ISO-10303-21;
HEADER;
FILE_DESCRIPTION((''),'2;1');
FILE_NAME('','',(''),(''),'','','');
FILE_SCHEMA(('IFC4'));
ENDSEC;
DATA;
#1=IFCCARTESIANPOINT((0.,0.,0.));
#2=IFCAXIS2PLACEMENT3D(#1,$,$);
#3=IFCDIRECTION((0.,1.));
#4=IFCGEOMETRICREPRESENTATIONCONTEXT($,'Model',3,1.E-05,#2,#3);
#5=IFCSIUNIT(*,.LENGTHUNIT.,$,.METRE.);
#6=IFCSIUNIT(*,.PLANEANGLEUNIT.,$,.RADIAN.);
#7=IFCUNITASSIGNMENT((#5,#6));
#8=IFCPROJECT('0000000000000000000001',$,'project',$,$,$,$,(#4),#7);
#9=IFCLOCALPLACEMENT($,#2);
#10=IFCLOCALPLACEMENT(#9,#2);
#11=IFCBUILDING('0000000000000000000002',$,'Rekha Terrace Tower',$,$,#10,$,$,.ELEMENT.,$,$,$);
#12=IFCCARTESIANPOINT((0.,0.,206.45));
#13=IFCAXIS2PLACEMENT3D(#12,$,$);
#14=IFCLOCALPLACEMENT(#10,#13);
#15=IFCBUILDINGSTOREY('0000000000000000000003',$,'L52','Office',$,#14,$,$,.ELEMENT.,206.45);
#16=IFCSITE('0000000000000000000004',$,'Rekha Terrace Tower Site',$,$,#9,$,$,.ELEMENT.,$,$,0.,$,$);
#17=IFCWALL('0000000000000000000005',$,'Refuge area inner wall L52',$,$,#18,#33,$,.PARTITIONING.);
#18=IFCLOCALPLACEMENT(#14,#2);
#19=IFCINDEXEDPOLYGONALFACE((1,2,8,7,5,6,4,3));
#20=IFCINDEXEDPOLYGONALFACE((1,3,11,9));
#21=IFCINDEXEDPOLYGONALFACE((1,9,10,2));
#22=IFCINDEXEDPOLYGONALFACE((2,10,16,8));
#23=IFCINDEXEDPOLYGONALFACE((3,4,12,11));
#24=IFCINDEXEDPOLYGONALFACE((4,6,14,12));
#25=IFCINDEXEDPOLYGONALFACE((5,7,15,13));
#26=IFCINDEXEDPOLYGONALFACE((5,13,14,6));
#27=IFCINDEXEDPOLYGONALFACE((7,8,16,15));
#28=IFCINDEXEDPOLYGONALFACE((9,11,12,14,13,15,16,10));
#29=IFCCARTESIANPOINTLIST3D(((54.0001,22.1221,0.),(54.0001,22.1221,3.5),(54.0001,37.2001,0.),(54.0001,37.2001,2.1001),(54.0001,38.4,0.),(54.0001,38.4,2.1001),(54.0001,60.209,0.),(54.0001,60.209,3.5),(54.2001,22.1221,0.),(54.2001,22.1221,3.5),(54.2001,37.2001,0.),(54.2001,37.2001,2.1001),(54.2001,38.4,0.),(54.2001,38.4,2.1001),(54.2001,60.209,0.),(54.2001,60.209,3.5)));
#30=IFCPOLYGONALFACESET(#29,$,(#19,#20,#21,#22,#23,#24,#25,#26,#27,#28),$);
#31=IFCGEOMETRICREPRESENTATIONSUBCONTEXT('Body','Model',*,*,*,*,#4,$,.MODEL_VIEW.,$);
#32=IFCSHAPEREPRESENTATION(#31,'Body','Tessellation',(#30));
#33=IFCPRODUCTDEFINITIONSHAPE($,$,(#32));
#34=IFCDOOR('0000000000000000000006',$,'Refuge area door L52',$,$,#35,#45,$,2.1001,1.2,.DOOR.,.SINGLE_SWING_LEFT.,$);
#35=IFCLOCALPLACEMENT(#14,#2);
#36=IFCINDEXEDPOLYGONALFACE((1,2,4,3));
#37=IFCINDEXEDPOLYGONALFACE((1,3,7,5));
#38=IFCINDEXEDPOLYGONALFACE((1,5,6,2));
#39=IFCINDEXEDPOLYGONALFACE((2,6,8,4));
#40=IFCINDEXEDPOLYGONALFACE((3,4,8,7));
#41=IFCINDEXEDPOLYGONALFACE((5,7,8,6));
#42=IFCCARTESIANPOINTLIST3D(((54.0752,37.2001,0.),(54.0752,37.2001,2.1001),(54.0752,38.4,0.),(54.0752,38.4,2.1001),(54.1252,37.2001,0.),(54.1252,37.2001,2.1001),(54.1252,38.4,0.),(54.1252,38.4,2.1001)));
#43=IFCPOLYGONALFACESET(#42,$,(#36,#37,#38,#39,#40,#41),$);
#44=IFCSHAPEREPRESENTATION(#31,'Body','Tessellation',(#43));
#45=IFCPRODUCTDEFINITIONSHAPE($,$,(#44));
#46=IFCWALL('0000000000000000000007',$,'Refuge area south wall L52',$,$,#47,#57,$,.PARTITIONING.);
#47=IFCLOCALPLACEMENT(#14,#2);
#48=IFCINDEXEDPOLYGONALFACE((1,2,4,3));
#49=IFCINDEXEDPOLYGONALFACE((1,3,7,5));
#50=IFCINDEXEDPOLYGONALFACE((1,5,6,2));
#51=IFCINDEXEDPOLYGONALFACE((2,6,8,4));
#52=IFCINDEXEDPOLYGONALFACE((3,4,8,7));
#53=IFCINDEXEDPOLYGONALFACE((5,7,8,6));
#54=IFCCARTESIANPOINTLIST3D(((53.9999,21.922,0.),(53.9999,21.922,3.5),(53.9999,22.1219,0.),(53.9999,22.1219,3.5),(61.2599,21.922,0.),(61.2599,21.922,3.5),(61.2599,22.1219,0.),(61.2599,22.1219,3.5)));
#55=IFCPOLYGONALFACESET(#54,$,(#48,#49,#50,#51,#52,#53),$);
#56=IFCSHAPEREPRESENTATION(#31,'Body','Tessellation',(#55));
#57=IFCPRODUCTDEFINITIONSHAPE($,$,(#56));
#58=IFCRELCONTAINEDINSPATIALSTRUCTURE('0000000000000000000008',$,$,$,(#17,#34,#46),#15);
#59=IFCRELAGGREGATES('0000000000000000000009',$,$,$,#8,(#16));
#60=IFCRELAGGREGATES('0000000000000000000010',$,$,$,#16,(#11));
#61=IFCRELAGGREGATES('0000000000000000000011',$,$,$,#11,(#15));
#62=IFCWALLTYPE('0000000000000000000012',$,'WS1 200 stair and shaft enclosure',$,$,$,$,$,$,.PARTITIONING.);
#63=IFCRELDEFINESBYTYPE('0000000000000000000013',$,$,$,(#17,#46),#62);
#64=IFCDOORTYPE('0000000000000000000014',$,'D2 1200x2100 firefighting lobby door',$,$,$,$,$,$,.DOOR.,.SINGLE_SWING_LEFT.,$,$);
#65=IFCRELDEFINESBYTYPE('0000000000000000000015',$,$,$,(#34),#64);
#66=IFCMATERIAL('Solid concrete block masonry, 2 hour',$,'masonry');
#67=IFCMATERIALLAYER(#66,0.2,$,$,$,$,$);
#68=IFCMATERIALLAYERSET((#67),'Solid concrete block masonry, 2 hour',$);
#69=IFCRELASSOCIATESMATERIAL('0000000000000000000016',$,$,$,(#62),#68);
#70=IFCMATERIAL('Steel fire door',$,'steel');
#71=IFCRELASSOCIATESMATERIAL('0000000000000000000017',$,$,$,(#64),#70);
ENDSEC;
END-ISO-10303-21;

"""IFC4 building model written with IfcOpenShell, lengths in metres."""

from ifc_helpers import new_model, si_unit, direction, frame, frame_2d, origin, place, context, subcontext, project, spatial, rectangle, extrude, material, layer, layer_set, type_object, element, fill, save


model = new_model("IFC4")

# Units and contexts
model_context = context("Model", 3, precision=1e-05, world=origin(), true_north=direction((0.0, 1.0)))
body_context = subcontext(model_context, "Body", "Model", "MODEL_VIEW")
ifc_project = project(units=[si_unit("LENGTHUNIT", "METRE"), si_unit("PLANEANGLEUNIT", "RADIAN")], contexts=[model_context])

# Site, building, storey
site_placement = place(None, origin())
site = spatial("IfcSite", under=ifc_project, at=site_placement, Name="Rekha Terrace Tower Site", CompositionType="ELEMENT", RefElevation=0.0)
building_placement = place(site_placement, origin())
building = spatial("IfcBuilding", under=site, at=building_placement, Name="Rekha Terrace Tower", CompositionType="ELEMENT")
storey_placement = place(building_placement, frame((0.0, 0.0, 206.45)))
storey = spatial("IfcBuildingStorey", under=building, at=storey_placement, Name="L52", Description="Office", CompositionType="ELEMENT", Elevation=206.45)

# Wall, opening, door
ifc_material_1 = material(Name="Solid concrete block masonry, 2 hour", Category="masonry")
ifc_layer_1 = layer(ifc_material_1, 0.2)
ifc_layer_set_1 = layer_set([ifc_layer_1], Name="Solid concrete block masonry, 2 hour")
wall_type_1 = type_object("IfcWallType", Name="WS1 200 stair and shaft enclosure", PredefinedType="PARTITIONING", material=ifc_layer_set_1)
wall_1_placement = place(storey_placement, frame((54.1001, 22.1221, 0.0), z_axis=(0.0, 0.0, 1.0), x_axis=(0.0, 1.0, 0.0)))
wall_1 = element("IfcWall", 1, at=wall_1_placement, inside=storey, type_object=wall_type_1, Name="Refuge area inner wall L52", PredefinedType="PARTITIONING", context=body_context, shape_type="SweptSolid", body=[
    extrude(rectangle(XDim=38.0869, YDim=0.2, at=frame_2d((19.0435, 0.0))), origin(), (0.0, 0.0, 1.0), 3.5),
])
opening_1_placement = place(wall_1_placement, frame((15.0779, 0.0, 0.0)))
opening_1 = element("IfcOpeningElement", 2, at=opening_1_placement, cuts=wall_1, PredefinedType="OPENING", context=body_context, shape_type="SweptSolid", body=[
    extrude(rectangle(XDim=1.2, YDim=2.1001, at=frame_2d((0.6001, 1.05))), frame((0.0, 0.1099, 0.0), z_axis=(0.0, -1.0, 0.0), x_axis=(1.0, 0.0, 0.0)), (0.0, 0.0, 1.0), 0.22),
])
ifc_material_2 = material(Name="Steel fire door", Category="steel")
door_type_1 = type_object("IfcDoorType", Name="D2 1200x2100 firefighting lobby door", OperationType="SINGLE_SWING_LEFT", PredefinedType="DOOR", material=ifc_material_2)
door_1_placement = place(opening_1_placement, origin())
door_1 = element("IfcDoor", 3, at=door_1_placement, inside=storey, type_object=door_type_1, Name="Refuge area door L52", OperationType="SINGLE_SWING_LEFT", OverallHeight=2.1001, OverallWidth=1.2, PredefinedType="DOOR", context=body_context, shape_type="SweptSolid", body=[
    extrude(rectangle(XDim=1.2, YDim=2.1001, at=frame_2d((0.6001, 1.05))), frame((0.0, 0.0249, 0.0), z_axis=(0.0, -1.0, 0.0), x_axis=(1.0, 0.0, 0.0)), (0.0, 0.0, 1.0), 0.05),
])
fill(opening_1, door_1)

# Wall
wall_2_placement = place(storey_placement, frame((54.0, 22.022, 0.0), z_axis=(0.0, 0.0, 1.0), x_axis=(1.0, 0.0, 0.0)))
element("IfcWall", 4, at=wall_2_placement, inside=storey, type_object=wall_type_1, Name="Refuge area south wall L52", PredefinedType="PARTITIONING", context=body_context, shape_type="SweptSolid", body=[
    extrude(rectangle(XDim=7.26, YDim=0.2, at=frame_2d((3.6299, 0.0))), origin(), (0.0, 0.0, 1.0), 3.5),
])

save(model, "model.ifc")
